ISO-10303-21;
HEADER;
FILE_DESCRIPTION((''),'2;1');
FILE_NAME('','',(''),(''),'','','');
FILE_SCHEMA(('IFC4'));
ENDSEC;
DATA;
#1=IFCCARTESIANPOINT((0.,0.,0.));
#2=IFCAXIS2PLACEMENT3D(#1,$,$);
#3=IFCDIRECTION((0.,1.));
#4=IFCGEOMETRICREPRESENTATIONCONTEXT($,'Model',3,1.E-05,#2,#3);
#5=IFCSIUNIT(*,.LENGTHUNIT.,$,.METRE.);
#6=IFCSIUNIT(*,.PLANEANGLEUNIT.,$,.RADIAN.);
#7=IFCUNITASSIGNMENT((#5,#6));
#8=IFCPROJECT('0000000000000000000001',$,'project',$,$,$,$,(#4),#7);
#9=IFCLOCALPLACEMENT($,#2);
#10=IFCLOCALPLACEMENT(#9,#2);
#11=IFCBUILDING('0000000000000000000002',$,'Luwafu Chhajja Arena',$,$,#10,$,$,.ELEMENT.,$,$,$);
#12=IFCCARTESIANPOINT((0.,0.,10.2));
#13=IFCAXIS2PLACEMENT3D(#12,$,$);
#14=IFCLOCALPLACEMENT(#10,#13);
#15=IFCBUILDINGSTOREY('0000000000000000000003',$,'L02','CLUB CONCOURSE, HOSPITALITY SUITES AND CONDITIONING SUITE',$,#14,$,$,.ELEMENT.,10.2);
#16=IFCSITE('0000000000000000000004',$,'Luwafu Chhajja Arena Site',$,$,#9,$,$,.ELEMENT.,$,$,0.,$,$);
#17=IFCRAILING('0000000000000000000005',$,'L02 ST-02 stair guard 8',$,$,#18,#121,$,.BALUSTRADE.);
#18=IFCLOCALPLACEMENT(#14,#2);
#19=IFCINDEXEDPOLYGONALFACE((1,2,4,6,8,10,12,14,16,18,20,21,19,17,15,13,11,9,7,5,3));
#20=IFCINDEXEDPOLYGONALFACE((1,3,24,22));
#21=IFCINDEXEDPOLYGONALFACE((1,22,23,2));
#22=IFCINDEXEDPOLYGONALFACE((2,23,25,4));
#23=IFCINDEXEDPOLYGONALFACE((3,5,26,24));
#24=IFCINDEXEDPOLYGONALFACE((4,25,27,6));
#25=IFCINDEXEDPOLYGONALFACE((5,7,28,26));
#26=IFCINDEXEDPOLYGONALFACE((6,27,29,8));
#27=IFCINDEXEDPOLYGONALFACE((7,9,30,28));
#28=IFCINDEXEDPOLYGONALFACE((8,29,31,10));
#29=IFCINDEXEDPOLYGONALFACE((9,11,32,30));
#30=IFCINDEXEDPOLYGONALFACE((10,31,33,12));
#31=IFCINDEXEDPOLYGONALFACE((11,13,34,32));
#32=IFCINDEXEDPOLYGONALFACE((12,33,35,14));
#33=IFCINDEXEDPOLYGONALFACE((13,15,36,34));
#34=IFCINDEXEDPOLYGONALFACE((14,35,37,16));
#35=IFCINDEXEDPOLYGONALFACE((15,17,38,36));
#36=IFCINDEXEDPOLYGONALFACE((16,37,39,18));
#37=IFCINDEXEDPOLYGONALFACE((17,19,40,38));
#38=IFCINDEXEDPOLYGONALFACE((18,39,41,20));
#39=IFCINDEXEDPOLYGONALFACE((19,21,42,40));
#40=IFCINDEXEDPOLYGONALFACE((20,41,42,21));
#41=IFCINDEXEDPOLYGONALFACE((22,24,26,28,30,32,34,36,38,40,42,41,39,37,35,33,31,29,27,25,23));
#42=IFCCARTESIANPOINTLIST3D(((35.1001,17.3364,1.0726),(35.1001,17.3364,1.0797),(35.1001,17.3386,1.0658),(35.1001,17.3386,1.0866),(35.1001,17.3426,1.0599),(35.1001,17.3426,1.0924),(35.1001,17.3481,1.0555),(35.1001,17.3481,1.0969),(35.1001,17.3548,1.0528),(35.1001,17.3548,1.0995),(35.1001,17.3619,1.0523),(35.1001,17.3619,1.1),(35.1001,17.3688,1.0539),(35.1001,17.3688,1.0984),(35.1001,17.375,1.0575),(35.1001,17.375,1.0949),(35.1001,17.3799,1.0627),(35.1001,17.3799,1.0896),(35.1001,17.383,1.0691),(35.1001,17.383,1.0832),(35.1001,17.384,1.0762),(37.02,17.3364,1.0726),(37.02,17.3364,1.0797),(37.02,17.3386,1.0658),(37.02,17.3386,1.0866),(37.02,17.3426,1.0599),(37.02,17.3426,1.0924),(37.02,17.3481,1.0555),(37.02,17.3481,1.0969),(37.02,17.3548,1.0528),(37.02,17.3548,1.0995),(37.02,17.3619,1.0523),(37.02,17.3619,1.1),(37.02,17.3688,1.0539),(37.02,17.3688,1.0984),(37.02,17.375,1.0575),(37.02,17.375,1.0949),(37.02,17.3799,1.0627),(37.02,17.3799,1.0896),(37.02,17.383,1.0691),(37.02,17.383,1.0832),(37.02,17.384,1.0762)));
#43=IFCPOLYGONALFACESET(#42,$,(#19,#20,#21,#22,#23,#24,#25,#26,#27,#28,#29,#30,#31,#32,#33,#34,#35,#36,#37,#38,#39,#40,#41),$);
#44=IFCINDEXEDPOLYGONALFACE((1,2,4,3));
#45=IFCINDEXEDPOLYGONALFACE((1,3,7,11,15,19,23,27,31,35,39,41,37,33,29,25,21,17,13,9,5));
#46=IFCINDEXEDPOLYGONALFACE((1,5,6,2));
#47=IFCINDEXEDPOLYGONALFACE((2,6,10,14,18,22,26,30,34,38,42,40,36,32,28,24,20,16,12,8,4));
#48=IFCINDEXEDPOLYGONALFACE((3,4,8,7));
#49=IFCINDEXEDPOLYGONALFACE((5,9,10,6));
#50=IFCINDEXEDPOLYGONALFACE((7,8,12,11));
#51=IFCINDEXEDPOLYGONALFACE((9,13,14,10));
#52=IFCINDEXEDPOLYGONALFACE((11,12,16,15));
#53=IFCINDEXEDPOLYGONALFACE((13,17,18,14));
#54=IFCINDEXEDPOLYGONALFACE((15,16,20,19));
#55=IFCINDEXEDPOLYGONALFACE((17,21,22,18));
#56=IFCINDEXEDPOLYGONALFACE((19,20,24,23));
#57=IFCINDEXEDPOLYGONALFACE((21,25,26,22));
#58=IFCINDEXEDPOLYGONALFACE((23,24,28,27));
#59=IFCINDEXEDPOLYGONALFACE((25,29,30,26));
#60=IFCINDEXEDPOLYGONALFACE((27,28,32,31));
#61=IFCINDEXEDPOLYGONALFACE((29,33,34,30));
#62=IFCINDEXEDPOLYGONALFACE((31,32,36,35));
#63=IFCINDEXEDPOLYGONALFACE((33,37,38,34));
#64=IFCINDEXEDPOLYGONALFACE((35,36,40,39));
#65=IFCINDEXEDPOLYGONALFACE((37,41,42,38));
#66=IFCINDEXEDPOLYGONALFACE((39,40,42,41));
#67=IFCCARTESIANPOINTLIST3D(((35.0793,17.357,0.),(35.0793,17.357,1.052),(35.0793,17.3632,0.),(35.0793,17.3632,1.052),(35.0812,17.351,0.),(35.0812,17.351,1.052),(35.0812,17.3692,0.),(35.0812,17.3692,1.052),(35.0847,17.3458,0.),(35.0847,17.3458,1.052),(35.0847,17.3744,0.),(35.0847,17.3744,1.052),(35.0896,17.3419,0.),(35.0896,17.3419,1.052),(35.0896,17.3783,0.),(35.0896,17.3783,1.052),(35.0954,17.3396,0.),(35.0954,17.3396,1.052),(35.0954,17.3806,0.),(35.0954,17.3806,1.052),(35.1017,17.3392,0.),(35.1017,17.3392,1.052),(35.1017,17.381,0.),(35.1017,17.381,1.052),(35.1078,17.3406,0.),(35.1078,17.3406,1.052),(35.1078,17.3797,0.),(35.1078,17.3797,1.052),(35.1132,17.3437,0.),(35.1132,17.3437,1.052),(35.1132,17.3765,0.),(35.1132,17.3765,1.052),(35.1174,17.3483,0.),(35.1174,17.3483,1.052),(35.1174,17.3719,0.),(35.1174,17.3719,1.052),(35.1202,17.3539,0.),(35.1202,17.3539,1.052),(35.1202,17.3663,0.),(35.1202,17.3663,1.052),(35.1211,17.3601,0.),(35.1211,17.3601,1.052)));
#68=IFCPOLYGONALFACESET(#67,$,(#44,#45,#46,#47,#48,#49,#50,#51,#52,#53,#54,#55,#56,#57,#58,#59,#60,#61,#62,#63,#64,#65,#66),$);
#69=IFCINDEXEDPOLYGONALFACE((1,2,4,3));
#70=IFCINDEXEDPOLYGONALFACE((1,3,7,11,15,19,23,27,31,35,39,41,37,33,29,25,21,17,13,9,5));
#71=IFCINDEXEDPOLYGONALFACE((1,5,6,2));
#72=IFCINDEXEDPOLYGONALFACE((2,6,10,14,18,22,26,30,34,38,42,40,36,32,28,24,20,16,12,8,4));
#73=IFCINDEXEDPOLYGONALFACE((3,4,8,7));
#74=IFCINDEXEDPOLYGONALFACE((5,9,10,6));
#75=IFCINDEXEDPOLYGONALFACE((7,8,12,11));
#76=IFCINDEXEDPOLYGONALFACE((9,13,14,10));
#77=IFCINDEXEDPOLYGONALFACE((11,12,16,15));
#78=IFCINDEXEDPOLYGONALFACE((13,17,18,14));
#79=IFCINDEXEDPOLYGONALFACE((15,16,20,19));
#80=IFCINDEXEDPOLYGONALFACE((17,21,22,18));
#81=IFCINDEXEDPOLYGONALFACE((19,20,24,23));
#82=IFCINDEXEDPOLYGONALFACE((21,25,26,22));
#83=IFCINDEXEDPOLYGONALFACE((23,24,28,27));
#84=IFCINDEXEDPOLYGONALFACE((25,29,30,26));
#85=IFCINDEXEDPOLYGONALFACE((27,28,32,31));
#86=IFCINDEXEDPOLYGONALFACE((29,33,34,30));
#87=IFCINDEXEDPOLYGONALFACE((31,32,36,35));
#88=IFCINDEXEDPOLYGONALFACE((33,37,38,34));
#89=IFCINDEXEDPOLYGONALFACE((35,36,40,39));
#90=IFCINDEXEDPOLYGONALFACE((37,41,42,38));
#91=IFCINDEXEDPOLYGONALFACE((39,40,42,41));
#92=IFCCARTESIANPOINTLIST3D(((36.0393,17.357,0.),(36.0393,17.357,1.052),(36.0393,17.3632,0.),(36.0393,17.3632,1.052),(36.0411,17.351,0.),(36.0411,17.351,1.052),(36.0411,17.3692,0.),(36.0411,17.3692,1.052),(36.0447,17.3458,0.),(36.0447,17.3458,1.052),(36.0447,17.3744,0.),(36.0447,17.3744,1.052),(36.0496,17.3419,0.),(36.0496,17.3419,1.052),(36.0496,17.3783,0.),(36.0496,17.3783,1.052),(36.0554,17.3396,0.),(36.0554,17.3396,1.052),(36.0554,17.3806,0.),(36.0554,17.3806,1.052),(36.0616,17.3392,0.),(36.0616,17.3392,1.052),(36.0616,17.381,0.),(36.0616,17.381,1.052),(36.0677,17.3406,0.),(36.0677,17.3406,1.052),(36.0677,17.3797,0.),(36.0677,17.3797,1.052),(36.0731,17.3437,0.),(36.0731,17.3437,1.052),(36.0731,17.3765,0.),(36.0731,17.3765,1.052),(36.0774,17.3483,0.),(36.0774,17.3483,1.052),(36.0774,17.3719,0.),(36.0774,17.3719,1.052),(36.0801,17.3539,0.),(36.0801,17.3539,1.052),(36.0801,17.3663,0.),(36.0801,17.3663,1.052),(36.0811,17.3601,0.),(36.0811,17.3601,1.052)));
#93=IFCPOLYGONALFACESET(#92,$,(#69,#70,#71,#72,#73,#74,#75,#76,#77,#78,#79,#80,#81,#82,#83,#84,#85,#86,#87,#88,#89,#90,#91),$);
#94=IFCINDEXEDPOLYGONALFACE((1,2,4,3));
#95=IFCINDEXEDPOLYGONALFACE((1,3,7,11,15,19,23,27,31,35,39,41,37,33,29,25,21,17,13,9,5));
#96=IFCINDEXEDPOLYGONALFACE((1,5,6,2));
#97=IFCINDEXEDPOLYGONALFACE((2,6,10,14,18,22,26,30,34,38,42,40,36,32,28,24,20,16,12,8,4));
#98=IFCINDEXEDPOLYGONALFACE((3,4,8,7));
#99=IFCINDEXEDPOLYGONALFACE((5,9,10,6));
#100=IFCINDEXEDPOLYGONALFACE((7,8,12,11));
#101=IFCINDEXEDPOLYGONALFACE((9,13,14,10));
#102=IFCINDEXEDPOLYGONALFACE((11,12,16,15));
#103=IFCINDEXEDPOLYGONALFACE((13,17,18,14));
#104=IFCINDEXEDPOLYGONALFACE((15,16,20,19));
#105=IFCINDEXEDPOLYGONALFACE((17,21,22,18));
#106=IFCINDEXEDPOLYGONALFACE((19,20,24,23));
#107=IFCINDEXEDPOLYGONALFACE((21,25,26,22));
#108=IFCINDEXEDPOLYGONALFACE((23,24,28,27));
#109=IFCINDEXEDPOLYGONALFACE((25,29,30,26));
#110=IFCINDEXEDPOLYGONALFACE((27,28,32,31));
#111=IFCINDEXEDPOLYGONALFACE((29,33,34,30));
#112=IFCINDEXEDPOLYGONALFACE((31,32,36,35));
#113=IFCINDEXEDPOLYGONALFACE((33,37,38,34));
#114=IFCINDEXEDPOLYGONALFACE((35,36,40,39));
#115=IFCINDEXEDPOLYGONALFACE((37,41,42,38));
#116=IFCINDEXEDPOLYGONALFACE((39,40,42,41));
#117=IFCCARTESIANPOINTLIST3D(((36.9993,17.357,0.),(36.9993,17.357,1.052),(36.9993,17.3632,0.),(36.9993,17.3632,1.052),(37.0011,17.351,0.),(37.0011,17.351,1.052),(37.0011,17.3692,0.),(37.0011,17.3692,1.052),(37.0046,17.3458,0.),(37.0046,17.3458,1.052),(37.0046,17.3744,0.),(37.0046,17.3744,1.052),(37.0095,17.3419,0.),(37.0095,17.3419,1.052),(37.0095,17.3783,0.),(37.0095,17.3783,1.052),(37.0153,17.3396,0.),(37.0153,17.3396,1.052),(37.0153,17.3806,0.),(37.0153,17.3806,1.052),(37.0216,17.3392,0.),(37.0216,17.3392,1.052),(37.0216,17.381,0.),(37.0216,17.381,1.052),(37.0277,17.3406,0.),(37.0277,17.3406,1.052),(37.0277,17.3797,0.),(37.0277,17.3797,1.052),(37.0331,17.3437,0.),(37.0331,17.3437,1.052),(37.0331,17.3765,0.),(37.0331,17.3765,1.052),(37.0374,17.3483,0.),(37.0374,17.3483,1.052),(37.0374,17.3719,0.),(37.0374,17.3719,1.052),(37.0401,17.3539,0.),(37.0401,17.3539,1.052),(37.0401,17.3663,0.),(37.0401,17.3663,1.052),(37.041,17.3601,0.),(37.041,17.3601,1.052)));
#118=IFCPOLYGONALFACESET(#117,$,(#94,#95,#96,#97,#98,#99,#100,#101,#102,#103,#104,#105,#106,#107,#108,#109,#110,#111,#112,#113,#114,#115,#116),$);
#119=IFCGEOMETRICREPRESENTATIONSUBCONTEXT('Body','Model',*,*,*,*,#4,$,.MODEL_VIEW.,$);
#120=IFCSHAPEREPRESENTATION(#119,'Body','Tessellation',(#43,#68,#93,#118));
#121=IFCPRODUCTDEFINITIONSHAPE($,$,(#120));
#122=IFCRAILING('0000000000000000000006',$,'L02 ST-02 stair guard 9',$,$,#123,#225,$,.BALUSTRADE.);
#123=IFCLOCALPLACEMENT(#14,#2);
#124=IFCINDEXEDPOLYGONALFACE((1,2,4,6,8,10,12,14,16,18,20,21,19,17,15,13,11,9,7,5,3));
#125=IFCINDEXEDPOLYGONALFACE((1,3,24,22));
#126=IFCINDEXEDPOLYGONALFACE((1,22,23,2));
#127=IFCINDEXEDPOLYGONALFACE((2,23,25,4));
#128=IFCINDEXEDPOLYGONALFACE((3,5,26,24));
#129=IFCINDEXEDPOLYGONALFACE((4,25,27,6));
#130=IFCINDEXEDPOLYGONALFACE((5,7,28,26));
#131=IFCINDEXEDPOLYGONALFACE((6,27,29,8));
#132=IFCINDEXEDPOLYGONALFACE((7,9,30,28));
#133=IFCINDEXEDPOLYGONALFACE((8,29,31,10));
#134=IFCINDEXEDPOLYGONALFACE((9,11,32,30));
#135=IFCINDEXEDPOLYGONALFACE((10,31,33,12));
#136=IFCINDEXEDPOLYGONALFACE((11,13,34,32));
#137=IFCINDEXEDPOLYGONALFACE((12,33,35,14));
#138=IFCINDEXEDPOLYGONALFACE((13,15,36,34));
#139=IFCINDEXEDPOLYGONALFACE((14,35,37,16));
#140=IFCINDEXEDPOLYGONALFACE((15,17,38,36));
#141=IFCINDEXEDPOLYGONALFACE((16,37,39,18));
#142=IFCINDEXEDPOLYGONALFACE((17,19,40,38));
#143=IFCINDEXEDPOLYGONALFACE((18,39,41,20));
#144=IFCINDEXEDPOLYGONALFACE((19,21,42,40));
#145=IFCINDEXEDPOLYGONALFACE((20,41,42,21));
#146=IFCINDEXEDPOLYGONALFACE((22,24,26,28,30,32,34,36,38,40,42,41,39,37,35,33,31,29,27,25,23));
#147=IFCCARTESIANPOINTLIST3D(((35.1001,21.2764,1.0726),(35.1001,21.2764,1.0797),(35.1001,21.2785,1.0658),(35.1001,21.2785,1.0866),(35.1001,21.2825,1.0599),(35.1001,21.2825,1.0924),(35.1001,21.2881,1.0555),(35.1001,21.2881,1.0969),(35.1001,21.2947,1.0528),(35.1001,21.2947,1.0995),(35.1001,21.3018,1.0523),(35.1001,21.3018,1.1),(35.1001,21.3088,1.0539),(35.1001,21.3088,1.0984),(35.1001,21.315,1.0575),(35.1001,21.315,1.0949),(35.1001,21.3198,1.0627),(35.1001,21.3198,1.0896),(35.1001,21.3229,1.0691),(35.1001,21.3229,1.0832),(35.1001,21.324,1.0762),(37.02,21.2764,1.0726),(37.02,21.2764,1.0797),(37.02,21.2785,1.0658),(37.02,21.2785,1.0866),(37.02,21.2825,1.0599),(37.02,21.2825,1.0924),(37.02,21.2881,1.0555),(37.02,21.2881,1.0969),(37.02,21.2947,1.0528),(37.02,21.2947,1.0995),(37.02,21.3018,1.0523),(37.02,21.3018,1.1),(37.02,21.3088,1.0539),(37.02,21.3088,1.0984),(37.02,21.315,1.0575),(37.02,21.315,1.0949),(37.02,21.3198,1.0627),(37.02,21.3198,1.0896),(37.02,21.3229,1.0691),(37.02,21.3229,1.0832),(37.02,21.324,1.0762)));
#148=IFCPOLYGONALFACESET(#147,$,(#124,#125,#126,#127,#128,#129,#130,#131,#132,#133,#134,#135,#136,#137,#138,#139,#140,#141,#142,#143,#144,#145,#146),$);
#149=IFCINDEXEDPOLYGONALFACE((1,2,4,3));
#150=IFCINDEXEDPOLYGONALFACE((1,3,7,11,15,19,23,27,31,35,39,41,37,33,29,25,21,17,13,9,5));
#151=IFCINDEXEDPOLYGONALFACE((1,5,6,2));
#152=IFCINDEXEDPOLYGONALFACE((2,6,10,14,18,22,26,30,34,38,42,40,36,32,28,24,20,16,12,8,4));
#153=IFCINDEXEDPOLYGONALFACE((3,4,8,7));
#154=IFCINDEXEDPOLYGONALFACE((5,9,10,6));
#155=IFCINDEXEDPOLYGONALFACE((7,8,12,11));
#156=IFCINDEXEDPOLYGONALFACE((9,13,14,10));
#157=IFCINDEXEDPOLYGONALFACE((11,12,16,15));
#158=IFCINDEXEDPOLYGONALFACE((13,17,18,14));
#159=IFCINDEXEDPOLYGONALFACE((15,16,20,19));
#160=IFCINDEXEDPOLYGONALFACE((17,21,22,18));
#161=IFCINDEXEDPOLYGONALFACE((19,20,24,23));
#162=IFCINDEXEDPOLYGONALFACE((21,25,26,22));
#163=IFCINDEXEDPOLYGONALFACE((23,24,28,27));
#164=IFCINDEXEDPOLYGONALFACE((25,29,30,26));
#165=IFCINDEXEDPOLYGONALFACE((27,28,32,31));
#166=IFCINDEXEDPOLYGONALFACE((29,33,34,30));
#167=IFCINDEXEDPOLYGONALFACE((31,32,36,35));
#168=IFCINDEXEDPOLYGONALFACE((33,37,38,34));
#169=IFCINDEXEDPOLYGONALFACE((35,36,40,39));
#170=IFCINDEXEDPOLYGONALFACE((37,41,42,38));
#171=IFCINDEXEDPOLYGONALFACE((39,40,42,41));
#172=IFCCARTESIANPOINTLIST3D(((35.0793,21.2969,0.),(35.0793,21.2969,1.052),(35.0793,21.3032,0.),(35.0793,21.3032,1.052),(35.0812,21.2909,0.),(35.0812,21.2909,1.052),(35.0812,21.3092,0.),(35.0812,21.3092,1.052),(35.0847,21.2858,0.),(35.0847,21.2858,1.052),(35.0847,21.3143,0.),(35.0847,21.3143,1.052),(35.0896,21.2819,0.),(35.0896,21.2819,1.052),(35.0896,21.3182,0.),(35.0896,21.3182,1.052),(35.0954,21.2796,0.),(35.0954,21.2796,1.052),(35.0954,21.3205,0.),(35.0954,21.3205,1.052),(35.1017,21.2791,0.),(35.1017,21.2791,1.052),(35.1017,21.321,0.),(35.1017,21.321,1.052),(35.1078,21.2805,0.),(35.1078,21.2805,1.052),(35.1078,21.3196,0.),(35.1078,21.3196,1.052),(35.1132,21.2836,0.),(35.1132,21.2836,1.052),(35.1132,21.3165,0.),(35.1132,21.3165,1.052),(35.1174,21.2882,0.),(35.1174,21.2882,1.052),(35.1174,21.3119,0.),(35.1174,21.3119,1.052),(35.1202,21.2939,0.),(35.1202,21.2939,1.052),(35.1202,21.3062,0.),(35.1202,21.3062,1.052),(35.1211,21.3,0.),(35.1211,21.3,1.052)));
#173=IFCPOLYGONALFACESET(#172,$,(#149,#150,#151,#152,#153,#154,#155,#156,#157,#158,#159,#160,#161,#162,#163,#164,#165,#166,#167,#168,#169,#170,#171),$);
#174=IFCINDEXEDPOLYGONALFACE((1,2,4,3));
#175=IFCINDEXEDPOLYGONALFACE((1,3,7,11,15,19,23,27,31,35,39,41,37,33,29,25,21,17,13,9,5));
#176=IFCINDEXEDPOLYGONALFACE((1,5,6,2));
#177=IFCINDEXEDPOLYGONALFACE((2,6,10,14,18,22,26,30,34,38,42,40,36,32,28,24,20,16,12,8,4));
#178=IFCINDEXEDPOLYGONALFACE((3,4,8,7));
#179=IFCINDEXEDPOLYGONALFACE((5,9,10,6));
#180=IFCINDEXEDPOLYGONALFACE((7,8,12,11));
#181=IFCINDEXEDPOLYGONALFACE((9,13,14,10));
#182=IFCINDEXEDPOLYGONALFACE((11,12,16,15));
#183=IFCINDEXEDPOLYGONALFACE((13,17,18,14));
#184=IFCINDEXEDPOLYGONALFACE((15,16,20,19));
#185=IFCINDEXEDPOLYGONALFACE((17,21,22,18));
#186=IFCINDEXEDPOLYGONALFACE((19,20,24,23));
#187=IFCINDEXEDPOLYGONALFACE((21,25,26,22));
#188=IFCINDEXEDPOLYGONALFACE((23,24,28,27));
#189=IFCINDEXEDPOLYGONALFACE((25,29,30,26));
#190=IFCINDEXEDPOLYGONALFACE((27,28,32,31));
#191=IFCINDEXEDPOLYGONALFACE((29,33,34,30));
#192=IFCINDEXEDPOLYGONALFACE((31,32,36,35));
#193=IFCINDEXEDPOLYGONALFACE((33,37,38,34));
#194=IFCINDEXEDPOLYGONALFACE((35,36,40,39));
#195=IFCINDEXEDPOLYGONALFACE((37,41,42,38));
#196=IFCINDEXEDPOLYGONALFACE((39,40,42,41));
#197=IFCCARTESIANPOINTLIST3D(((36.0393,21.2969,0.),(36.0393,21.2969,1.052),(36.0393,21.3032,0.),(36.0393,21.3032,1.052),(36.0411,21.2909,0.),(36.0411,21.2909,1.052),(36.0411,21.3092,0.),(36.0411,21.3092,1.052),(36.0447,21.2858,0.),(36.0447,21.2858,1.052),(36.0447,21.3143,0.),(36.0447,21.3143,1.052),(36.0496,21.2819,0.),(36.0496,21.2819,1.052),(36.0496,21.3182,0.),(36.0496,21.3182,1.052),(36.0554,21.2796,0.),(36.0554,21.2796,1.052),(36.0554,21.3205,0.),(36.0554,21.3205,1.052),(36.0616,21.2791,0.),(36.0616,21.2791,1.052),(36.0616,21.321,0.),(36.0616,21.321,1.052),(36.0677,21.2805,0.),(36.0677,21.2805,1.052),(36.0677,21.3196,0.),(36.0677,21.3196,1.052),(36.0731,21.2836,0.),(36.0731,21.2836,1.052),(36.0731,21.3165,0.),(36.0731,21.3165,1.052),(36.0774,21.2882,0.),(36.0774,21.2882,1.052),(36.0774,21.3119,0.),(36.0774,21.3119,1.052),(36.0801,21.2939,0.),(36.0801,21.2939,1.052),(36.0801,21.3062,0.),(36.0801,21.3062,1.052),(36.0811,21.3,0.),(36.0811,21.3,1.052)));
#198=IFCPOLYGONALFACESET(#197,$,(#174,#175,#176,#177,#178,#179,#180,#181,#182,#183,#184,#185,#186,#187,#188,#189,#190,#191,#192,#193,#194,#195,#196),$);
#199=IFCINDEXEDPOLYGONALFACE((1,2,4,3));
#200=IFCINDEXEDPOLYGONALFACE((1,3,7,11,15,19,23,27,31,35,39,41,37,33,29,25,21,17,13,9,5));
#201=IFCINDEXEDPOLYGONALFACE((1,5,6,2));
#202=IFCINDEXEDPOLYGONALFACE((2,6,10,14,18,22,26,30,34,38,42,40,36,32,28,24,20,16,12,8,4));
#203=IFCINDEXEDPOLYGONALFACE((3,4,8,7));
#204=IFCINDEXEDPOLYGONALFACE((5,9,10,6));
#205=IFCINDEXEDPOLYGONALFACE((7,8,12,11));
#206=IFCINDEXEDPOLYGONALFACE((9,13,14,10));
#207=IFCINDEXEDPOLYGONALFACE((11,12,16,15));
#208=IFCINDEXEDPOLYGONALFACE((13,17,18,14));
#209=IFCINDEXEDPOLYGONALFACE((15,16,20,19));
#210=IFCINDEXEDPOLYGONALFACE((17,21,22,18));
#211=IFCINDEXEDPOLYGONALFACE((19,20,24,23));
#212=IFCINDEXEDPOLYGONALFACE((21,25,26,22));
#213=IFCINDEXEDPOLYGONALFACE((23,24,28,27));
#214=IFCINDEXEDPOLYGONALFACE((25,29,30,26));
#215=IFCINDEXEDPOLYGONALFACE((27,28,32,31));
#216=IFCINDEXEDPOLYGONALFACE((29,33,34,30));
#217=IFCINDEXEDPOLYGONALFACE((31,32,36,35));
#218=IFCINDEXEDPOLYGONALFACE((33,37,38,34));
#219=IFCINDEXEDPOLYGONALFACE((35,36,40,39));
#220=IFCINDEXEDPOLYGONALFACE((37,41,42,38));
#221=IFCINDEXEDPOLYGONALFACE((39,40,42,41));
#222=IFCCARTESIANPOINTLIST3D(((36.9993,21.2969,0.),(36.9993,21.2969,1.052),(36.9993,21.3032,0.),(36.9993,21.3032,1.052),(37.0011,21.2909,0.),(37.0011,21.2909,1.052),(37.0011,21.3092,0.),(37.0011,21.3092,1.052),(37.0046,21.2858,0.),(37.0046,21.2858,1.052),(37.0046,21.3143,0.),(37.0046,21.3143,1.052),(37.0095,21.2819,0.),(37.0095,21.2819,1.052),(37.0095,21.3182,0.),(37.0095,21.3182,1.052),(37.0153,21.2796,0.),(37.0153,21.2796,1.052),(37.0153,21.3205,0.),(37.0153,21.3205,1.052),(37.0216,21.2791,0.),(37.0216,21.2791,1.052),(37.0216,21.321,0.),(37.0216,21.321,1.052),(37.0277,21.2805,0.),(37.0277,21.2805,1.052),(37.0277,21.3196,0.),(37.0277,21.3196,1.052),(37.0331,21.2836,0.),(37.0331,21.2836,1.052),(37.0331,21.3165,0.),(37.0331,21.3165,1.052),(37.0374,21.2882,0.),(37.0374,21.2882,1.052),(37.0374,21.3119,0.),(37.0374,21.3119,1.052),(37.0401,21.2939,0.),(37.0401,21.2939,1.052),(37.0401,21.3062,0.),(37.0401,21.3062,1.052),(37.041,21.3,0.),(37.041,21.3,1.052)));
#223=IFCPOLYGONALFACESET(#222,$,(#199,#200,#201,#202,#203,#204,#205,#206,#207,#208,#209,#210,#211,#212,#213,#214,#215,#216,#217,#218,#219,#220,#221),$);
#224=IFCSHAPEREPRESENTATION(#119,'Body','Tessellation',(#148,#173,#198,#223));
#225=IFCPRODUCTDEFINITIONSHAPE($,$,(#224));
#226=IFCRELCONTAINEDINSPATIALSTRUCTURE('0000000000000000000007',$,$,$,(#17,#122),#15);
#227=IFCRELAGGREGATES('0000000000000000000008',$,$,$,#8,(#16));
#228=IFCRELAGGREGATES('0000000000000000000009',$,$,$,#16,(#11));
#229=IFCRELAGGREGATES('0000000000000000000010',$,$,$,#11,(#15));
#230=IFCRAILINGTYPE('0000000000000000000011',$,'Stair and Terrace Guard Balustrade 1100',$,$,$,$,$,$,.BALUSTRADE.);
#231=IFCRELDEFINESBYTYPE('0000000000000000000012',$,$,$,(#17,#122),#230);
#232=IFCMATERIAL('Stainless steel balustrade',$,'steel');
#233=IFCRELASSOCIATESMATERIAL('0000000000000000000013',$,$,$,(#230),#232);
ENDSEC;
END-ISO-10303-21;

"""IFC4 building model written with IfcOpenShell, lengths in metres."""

from ifc_helpers import new_model, si_unit, direction, frame, origin, origin_2d, place, context, subcontext, project, spatial, circle, extrude, material, type_object, element, save


model = new_model("IFC4")

# Units and contexts
model_context = context("Model", 3, precision=1e-05, world=origin(), true_north=direction((0.0, 1.0)))
body_context = subcontext(model_context, "Body", "Model", "MODEL_VIEW")
ifc_project = project(units=[si_unit("LENGTHUNIT", "METRE"), si_unit("PLANEANGLEUNIT", "RADIAN")], contexts=[model_context])

# Site, building, storey
site_placement = place(None, origin())
site = spatial("IfcSite", under=ifc_project, at=site_placement, Name="Luwafu Chhajja Arena Site", CompositionType="ELEMENT", RefElevation=0.0)
building_placement = place(site_placement, origin())
building = spatial("IfcBuilding", under=site, at=building_placement, Name="Luwafu Chhajja Arena", CompositionType="ELEMENT")
storey_placement = place(building_placement, frame((0.0, 0.0, 10.2)))
storey = spatial("IfcBuildingStorey", under=building, at=storey_placement, Name="L02", Description="CLUB CONCOURSE, HOSPITALITY SUITES AND CONDITIONING SUITE", CompositionType="ELEMENT", Elevation=10.2)

# Railings
ifc_material_1 = material(Name="Stainless steel balustrade", Category="steel")
railing_type = type_object("IfcRailingType", Name="Stair and Terrace Guard Balustrade 1100", PredefinedType="BALUSTRADE", material=ifc_material_1)
for number, where, name in (
    (1, (35.1001, 17.3601, 0.0), "L02 ST-02 stair guard 8"),
    (2, (35.1001, 21.3, 0.0), "L02 ST-02 stair guard 9"),
):
    element("IfcRailing", number, at=place(storey_placement, frame(where)), inside=storey, type_object=railing_type, Name=name, PredefinedType="BALUSTRADE", context=body_context, shape_type="SweptSolid", body=[
        extrude(circle(Radius=0.0239, at=origin_2d()), frame((0.0, 0.0, 1.0762), z_axis=(1.0, 0.0, 0.0), x_axis=(0.0, 1.0, 0.0)), (0.0, 0.0, 1.0), 1.9199),
        extrude(circle(Radius=0.021, at=origin_2d()), origin(), (0.0, 0.0, 1.0), 1.052),
        extrude(circle(Radius=0.021, at=origin_2d()), frame((0.96, 0.0, 0.0)), (0.0, 0.0, 1.0), 1.052),
        extrude(circle(Radius=0.021, at=origin_2d()), frame((1.9199, 0.0, 0.0)), (0.0, 0.0, 1.0), 1.052),
    ])

save(model, "model.ifc")
